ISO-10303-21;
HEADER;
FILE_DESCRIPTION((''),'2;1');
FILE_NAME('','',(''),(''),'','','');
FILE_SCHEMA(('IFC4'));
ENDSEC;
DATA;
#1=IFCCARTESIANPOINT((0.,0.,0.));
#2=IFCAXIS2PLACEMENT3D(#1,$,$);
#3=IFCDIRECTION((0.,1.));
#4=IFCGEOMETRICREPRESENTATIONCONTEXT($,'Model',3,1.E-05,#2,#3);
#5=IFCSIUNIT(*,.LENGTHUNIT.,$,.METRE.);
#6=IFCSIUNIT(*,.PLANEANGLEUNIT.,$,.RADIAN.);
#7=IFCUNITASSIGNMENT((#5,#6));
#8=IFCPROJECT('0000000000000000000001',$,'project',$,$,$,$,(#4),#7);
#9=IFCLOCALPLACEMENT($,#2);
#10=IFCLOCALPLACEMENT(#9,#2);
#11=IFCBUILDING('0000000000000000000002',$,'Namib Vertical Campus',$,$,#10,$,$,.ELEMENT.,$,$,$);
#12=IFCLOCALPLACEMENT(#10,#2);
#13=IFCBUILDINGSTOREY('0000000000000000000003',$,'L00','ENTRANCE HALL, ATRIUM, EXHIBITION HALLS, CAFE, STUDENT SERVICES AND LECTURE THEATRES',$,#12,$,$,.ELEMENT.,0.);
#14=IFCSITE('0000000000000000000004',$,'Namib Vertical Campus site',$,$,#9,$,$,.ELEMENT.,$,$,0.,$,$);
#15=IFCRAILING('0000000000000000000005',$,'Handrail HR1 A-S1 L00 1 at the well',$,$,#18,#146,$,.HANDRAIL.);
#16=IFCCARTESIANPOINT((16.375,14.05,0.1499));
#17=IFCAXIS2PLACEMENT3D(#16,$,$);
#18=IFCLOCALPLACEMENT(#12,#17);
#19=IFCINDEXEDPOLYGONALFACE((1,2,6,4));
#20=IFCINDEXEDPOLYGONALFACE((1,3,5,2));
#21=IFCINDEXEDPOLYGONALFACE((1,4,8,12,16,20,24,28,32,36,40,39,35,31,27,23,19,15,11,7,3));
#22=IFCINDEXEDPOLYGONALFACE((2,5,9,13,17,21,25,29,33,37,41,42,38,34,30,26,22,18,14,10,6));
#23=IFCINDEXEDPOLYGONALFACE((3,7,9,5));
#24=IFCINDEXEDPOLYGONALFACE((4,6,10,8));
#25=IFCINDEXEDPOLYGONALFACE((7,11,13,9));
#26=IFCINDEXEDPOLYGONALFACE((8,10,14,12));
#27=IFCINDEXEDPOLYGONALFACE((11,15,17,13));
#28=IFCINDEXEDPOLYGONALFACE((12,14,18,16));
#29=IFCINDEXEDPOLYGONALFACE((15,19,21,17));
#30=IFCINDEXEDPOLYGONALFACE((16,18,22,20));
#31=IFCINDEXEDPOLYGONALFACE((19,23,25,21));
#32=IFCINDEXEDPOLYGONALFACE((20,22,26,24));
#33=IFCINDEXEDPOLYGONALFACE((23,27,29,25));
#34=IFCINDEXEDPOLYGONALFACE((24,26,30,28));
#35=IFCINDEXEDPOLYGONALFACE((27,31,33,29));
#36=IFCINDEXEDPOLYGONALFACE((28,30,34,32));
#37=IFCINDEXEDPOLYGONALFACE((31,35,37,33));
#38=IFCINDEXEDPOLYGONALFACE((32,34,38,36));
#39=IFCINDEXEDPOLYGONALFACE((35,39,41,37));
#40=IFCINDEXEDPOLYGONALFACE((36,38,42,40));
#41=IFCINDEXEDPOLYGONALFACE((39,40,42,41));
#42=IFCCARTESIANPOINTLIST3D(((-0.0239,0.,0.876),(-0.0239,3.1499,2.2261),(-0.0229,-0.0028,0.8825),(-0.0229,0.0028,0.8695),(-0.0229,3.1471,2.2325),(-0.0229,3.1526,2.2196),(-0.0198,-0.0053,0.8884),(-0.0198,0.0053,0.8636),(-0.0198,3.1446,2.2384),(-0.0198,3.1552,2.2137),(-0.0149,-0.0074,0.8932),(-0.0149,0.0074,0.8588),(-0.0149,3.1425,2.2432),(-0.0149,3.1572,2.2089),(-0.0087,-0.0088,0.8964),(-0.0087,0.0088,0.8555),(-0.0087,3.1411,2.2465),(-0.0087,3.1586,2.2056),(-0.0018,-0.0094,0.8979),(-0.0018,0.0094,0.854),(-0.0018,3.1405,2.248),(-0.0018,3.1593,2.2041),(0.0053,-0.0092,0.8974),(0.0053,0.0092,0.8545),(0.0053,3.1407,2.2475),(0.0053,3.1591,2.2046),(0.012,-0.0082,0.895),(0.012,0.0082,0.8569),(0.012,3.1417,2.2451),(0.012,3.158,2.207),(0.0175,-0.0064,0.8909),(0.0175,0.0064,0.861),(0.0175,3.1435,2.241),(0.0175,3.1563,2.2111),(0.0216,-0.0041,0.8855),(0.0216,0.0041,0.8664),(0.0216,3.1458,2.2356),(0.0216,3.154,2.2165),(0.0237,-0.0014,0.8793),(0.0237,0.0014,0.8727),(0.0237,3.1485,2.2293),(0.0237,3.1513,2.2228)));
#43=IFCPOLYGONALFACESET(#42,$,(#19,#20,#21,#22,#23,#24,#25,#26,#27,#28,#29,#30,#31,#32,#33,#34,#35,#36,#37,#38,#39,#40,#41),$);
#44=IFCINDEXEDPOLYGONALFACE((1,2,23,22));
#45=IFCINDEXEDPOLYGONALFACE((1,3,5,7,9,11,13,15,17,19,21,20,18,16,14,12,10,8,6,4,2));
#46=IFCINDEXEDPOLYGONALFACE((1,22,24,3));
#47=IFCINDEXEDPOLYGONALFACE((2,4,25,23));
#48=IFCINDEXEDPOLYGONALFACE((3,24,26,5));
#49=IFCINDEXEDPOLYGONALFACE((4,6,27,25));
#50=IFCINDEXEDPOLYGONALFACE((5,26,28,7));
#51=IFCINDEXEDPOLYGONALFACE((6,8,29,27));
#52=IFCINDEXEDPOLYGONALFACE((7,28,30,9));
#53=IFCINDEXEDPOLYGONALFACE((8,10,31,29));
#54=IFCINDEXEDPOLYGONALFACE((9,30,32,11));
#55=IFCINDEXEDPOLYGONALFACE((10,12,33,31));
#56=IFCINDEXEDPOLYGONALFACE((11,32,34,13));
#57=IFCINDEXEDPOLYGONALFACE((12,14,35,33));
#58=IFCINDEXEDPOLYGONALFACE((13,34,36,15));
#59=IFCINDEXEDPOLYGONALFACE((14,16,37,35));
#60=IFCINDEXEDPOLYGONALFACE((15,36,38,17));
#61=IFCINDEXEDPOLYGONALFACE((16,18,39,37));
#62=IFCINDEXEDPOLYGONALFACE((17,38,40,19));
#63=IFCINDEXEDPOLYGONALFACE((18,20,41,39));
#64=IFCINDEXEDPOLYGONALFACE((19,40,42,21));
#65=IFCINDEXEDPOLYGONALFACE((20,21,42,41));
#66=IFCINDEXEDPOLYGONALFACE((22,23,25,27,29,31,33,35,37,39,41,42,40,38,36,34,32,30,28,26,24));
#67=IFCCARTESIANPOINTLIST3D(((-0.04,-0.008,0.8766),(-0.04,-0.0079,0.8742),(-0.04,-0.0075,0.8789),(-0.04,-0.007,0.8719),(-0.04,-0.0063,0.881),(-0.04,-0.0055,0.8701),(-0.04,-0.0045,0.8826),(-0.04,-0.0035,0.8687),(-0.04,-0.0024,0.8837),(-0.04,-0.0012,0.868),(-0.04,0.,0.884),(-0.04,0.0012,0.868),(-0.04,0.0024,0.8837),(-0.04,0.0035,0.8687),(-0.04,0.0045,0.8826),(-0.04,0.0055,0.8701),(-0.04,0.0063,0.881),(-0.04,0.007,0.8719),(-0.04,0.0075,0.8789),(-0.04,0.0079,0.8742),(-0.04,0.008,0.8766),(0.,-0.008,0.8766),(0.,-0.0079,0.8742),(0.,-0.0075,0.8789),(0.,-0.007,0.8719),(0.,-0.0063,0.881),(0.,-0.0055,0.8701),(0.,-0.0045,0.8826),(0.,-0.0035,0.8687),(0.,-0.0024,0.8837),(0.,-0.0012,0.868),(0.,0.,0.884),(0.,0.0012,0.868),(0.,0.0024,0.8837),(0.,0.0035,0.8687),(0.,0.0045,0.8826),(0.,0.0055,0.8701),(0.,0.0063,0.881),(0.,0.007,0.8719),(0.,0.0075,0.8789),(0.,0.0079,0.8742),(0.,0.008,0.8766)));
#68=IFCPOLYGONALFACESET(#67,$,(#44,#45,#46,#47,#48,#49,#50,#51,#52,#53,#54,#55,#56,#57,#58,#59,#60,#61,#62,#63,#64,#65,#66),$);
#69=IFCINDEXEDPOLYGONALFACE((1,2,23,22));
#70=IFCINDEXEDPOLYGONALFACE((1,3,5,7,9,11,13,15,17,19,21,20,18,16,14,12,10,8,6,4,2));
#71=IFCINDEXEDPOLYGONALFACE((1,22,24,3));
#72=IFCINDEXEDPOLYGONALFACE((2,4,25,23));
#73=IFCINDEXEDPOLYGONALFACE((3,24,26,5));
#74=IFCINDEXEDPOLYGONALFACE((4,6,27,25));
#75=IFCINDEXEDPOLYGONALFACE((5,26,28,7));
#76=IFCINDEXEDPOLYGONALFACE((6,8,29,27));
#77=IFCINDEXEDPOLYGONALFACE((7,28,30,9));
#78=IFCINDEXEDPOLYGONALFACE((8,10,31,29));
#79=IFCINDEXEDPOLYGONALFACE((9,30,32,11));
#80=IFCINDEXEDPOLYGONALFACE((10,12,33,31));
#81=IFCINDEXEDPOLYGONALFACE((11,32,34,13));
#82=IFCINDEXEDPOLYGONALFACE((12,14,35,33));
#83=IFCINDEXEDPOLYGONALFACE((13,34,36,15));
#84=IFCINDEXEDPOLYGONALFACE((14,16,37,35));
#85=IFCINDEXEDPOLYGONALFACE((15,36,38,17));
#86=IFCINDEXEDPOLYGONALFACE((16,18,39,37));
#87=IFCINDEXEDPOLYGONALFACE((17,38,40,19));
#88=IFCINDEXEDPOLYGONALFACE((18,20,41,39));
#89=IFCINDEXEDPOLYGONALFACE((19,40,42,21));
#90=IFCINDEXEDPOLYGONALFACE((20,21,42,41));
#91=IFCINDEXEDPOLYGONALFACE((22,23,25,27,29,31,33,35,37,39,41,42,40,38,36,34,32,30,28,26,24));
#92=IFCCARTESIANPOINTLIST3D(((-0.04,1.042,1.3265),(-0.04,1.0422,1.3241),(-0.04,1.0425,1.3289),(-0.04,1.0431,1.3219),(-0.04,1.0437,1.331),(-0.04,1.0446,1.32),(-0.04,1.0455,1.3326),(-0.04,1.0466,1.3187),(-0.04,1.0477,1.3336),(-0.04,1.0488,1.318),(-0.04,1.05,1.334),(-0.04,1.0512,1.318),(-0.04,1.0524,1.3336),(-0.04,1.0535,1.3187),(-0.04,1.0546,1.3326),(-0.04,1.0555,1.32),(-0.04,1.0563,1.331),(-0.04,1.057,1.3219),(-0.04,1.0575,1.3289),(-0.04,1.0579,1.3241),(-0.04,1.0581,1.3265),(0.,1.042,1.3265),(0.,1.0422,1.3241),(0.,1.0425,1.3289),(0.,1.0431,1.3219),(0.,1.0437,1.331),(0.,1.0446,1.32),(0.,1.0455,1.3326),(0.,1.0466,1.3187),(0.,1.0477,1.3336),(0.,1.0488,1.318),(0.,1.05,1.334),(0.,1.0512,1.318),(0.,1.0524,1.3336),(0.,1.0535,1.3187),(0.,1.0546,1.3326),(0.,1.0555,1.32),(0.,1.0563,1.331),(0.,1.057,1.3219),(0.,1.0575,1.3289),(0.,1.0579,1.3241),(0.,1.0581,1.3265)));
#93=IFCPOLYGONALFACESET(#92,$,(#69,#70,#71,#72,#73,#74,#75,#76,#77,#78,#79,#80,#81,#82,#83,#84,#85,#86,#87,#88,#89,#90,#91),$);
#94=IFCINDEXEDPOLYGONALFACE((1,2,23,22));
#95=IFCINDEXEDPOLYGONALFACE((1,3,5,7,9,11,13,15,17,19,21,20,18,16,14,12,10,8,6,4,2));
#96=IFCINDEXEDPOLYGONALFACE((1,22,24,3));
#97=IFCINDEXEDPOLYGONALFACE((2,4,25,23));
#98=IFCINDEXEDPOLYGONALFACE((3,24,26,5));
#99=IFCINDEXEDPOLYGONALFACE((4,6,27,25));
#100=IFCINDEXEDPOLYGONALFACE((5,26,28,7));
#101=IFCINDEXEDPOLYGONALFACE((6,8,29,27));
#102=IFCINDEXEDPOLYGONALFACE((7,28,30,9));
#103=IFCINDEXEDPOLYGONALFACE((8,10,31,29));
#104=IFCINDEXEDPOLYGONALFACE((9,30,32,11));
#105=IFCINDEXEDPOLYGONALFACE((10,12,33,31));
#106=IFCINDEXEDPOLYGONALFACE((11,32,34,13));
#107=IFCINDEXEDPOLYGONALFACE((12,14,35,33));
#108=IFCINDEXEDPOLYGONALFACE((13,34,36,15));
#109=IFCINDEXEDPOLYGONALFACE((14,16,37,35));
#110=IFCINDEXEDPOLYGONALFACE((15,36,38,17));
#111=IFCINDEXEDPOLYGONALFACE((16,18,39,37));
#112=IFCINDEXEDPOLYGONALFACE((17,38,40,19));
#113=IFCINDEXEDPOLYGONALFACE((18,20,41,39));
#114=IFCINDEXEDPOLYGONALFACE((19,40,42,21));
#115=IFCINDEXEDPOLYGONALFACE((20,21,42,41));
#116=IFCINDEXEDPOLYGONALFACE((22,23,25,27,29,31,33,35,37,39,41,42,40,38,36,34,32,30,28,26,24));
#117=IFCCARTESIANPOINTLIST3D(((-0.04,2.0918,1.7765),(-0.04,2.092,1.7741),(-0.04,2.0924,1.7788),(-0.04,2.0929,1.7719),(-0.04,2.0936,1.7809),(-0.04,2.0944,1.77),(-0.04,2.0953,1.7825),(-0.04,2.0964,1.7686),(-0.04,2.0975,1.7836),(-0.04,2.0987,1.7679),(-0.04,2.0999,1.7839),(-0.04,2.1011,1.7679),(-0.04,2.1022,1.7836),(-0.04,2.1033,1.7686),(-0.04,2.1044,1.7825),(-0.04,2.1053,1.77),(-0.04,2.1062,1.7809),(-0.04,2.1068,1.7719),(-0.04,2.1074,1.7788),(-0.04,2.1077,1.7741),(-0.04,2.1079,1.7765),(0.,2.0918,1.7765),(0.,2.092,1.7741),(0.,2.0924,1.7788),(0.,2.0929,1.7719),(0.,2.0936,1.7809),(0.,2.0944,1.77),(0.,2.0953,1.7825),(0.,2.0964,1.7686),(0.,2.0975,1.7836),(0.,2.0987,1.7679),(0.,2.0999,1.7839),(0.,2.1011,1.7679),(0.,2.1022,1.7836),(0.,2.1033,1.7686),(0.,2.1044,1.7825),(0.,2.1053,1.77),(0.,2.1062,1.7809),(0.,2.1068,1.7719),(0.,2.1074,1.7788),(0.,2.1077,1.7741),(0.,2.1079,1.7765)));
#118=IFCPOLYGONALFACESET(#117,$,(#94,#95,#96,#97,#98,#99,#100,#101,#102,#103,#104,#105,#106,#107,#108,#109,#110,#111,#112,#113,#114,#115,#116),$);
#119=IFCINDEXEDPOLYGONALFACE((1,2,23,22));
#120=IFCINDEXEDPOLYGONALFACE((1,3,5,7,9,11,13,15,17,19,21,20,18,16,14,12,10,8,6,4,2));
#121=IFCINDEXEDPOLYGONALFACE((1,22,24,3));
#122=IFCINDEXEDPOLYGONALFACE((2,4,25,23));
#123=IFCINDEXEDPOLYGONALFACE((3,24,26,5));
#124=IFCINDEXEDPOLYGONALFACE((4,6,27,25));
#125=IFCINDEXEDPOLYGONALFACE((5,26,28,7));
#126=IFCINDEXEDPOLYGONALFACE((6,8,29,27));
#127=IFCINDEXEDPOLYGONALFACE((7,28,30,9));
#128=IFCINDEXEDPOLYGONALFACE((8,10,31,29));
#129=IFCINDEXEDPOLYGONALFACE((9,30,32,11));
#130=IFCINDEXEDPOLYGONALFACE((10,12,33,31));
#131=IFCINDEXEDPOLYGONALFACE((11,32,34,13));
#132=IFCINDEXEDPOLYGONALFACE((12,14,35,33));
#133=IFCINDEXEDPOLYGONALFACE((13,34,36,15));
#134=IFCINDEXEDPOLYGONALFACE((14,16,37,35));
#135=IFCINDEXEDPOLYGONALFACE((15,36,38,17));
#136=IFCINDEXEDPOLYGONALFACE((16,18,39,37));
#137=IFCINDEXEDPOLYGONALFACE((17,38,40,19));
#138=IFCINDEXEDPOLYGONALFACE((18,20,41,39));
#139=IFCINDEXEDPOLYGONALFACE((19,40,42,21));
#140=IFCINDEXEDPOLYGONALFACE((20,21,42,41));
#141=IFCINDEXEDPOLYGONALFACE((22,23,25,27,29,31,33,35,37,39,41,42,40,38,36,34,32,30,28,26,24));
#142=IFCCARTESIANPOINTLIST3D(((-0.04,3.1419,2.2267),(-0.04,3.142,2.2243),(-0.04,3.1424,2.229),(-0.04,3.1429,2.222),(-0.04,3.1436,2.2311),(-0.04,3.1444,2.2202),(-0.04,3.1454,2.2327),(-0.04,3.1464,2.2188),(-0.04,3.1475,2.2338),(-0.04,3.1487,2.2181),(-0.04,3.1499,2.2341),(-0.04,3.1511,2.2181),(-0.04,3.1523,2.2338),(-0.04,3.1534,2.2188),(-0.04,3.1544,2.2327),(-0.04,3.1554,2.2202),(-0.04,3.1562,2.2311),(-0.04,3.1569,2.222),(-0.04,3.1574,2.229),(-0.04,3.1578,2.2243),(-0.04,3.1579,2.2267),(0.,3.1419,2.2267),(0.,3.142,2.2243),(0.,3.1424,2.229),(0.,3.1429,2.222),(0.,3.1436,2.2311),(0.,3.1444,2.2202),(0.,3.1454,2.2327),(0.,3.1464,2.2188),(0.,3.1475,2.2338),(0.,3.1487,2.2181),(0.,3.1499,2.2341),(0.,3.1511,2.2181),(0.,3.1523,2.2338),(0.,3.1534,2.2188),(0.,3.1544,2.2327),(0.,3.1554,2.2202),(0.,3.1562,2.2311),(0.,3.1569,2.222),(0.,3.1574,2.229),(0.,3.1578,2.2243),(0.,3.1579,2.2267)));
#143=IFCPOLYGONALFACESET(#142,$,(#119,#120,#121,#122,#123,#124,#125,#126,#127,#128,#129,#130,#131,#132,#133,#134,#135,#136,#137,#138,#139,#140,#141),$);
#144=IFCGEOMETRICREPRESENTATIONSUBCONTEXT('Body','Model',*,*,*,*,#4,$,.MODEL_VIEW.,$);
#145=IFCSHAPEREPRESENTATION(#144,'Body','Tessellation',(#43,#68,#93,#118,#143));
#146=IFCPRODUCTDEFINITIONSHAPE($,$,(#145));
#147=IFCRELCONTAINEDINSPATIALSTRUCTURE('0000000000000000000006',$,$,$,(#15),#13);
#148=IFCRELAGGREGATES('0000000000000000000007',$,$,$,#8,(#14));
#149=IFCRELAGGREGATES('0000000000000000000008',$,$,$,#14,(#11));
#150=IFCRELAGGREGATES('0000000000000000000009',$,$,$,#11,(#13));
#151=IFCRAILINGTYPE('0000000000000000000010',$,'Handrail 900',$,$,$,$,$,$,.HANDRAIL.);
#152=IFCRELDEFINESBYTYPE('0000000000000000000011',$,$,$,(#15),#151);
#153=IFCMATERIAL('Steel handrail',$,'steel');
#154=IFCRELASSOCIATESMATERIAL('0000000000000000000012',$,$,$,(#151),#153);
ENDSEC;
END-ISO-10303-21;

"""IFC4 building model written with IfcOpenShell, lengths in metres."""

from ifc_helpers import new_model, si_unit, direction, frame, origin, origin_2d, place, context, subcontext, project, spatial, circle, extrude, material, type_object, element, save


model = new_model("IFC4")

# Units and contexts
model_context = context("Model", 3, precision=1e-05, world=origin(), true_north=direction((0.0, 1.0)))
body_context = subcontext(model_context, "Body", "Model", "MODEL_VIEW")
ifc_project = project(units=[si_unit("LENGTHUNIT", "METRE"), si_unit("PLANEANGLEUNIT", "RADIAN")], contexts=[model_context])

# Site, building, storey
site_placement = place(None, origin())
site = spatial("IfcSite", under=ifc_project, at=site_placement, Name="Namib Vertical Campus site", CompositionType="ELEMENT", RefElevation=0.0)
building_placement = place(site_placement, origin())
building = spatial("IfcBuilding", under=site, at=building_placement, Name="Namib Vertical Campus", CompositionType="ELEMENT")
storey_placement = place(building_placement, origin())
storey = spatial("IfcBuildingStorey", under=building, at=storey_placement, Name="L00", Description="ENTRANCE HALL, ATRIUM, EXHIBITION HALLS, CAFE, STUDENT SERVICES AND LECTURE THEATRES", CompositionType="ELEMENT", Elevation=0.0)

# Railing
ifc_material_1 = material(Name="Steel handrail", Category="steel")
railing_type_1 = type_object("IfcRailingType", Name="Handrail 900", PredefinedType="HANDRAIL", material=ifc_material_1)
for number, where, name in (
    (1, (16.375, 14.05, 0.1499), "Handrail HR1 A-S1 L00 1 at the well"),
):
    element("IfcRailing", number, at=place(storey_placement, frame(where)), inside=storey, type_object=railing_type_1, Name=name, PredefinedType="HANDRAIL", context=body_context, shape_type="SweptSolid", body=[
        extrude(circle(Radius=0.0239, at=origin_2d()), frame((0.0, 0.0, 0.876), z_axis=(0.0, 0.91913, 0.393954), x_axis=(-1.0, 0.0, 0.0)), (0.0, 0.0, 1.0), 3.427),
        extrude(circle(Radius=0.0081, at=origin_2d()), frame((0.0, 0.0, 0.876), z_axis=(-1.0, 0.0, 0.0), x_axis=(0.0, 0.0, 1.0)), (0.0, 0.0, 1.0), 0.04),
        extrude(circle(Radius=0.0081, at=origin_2d()), frame((0.0, 1.05, 1.3259), z_axis=(-1.0, 0.0, 0.0), x_axis=(0.0, 0.0, 1.0)), (0.0, 0.0, 1.0), 0.04),
        extrude(circle(Radius=0.0081, at=origin_2d()), frame((0.0, 2.0999, 1.7759), z_axis=(-1.0, 0.0, 0.0), x_axis=(0.0, 0.0, 1.0)), (0.0, 0.0, 1.0), 0.04),
        extrude(circle(Radius=0.0081, at=origin_2d()), frame((0.0, 3.1499, 2.2261), z_axis=(-1.0, 0.0, 0.0), x_axis=(0.0, 0.0, 1.0)), (0.0, 0.0, 1.0), 0.04),
    ])

save(model, "model.ifc")
